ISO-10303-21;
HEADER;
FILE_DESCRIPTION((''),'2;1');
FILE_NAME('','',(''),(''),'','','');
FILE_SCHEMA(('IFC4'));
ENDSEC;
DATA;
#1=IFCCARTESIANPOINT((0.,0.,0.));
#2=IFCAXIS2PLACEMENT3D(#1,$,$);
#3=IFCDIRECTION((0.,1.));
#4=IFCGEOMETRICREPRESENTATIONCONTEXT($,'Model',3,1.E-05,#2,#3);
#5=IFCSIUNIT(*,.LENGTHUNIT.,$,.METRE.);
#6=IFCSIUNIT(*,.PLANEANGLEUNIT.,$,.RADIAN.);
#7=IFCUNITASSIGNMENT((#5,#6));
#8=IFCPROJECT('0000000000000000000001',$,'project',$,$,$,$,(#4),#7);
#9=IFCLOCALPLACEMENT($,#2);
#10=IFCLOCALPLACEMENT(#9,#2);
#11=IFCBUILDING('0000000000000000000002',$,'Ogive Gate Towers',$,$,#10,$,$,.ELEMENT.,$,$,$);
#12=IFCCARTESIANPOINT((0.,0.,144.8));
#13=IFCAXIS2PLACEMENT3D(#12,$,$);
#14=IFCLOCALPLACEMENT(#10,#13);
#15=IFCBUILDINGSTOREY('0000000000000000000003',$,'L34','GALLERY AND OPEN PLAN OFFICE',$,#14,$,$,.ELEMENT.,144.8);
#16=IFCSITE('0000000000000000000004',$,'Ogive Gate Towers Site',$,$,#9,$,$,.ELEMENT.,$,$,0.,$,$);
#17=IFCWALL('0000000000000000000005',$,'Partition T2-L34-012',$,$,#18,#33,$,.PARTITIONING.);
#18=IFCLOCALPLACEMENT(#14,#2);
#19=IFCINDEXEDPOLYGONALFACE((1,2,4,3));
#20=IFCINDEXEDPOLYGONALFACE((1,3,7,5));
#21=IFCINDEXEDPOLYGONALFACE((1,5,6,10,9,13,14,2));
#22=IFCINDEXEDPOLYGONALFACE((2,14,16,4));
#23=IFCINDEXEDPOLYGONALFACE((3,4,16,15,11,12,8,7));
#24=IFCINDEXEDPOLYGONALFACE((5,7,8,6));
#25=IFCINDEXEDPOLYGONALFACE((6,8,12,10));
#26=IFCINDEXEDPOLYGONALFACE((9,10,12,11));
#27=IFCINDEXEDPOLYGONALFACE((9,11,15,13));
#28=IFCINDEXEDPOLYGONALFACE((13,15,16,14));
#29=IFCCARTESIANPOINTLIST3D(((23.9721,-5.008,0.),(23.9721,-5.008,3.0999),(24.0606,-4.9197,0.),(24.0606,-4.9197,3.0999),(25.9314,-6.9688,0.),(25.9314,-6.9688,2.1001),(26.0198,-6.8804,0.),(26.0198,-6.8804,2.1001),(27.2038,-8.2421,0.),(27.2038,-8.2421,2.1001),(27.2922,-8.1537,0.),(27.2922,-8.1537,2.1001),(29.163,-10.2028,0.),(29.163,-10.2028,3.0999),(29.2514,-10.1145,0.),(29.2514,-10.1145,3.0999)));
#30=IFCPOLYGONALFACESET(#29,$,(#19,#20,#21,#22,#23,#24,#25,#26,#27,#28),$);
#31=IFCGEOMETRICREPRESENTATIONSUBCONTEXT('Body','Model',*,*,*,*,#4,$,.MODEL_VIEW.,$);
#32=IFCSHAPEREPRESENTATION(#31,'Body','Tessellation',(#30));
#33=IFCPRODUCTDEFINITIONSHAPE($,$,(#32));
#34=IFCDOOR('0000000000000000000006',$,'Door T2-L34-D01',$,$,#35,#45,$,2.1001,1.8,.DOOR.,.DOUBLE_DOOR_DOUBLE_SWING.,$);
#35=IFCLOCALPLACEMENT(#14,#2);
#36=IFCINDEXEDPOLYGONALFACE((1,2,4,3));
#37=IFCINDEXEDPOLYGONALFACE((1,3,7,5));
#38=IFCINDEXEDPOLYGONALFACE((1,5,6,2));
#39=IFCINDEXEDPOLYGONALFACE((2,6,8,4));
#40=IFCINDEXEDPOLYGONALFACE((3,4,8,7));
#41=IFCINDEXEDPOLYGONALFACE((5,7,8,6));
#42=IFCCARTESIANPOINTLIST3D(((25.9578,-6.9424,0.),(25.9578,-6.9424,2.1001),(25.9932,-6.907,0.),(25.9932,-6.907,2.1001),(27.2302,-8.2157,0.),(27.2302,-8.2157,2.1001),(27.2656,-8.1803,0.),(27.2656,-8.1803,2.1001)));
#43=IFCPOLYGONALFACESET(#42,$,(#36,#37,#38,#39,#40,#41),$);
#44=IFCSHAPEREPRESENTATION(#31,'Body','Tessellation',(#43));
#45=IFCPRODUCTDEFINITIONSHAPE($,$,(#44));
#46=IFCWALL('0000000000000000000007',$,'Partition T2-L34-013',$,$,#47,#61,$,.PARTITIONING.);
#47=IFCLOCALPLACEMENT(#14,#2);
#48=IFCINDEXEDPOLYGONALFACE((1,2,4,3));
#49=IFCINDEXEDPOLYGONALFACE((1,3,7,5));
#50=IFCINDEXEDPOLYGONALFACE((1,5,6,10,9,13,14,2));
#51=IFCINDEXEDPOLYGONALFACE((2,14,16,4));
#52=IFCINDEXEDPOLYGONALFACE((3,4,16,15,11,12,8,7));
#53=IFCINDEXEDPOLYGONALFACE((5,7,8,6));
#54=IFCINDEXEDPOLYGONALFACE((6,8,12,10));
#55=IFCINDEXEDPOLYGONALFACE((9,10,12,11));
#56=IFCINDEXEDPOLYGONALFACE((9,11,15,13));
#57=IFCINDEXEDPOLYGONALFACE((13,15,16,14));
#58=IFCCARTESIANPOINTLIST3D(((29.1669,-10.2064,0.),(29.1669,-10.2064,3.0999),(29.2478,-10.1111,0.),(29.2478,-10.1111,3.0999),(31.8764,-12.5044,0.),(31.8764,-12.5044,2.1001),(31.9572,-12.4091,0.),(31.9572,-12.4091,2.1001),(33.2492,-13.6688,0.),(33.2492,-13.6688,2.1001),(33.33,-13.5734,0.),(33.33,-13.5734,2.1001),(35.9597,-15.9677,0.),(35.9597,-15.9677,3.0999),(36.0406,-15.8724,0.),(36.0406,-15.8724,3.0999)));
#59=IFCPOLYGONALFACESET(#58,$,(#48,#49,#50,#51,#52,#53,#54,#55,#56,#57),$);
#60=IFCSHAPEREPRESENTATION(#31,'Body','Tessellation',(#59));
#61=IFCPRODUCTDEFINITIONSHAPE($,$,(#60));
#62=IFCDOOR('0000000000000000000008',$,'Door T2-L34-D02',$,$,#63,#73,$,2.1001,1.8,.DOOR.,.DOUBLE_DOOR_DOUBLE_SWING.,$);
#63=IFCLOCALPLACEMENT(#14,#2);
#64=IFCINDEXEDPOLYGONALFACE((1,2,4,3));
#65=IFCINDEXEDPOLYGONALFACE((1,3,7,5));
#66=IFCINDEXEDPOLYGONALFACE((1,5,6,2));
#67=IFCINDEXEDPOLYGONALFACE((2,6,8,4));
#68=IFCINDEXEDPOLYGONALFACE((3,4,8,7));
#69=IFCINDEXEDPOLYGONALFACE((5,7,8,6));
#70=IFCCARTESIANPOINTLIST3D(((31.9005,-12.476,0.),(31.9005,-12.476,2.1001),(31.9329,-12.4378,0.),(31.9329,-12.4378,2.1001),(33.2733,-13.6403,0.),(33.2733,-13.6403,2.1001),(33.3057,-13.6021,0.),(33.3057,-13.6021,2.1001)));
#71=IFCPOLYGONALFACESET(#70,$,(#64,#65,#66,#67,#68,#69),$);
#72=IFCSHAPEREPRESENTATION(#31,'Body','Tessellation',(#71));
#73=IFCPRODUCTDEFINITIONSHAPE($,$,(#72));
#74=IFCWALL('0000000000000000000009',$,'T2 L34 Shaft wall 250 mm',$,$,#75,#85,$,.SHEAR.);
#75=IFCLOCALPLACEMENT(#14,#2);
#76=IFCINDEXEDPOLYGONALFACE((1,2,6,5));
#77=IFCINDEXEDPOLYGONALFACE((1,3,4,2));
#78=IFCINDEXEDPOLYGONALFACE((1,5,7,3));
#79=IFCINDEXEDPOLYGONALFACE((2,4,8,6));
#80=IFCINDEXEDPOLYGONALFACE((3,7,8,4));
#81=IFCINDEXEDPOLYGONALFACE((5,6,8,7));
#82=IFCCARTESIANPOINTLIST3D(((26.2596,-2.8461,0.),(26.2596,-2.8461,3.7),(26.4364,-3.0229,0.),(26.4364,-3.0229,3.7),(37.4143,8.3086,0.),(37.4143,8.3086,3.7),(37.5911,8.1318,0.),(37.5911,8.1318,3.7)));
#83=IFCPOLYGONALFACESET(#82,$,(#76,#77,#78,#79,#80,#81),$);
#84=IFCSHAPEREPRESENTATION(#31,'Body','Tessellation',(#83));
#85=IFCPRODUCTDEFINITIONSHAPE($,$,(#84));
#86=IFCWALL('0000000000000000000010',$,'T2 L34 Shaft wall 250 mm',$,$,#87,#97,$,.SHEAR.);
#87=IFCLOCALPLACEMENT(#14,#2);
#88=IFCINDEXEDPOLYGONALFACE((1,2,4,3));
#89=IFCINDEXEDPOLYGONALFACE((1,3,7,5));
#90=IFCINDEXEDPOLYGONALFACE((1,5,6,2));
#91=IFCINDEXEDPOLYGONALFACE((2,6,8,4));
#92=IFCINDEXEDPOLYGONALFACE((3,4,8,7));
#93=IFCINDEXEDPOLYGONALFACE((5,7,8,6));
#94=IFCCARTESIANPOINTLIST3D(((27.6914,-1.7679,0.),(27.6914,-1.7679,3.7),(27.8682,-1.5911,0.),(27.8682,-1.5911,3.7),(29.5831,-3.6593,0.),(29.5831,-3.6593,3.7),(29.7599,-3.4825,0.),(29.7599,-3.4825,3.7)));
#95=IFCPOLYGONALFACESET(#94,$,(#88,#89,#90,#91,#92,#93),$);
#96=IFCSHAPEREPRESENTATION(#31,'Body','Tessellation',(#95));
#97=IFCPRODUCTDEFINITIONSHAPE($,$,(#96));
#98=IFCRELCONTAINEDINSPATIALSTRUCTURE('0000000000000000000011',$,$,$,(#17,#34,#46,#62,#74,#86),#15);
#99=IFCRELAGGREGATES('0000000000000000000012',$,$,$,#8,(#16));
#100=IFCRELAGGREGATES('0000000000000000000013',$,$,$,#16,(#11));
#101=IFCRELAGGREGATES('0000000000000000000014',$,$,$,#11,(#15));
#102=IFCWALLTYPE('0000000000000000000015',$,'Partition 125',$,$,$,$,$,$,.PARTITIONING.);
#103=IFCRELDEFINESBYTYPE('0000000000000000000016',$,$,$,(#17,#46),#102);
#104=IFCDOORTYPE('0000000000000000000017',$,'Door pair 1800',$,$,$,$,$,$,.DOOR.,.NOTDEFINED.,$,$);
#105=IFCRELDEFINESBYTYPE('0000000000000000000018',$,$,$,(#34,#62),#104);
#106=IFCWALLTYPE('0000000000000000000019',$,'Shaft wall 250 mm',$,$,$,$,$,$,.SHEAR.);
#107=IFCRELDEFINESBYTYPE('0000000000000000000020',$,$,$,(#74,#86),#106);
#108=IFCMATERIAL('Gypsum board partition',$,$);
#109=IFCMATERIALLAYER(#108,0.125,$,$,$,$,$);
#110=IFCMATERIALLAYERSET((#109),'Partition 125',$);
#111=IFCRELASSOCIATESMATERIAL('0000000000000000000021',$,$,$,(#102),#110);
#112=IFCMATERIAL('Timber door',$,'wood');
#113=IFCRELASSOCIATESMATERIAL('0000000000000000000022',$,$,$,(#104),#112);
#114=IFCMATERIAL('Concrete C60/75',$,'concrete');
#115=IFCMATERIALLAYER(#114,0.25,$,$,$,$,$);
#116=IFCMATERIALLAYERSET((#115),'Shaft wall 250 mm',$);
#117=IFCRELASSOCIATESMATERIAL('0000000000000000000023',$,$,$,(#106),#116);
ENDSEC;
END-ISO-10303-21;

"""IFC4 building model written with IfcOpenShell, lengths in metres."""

from ifc_helpers import new_model, si_unit, direction, frame, frame_2d, origin, place, context, subcontext, project, spatial, rectangle, extrude, material, layer, layer_set, type_object, element, fill, save


model = new_model("IFC4")

# Units and contexts
model_context = context("Model", 3, precision=1e-05, world=origin(), true_north=direction((0.0, 1.0)))
body_context = subcontext(model_context, "Body", "Model", "MODEL_VIEW")
ifc_project = project(units=[si_unit("LENGTHUNIT", "METRE"), si_unit("PLANEANGLEUNIT", "RADIAN")], contexts=[model_context])

# Site, building, storey
site_placement = place(None, origin())
site = spatial("IfcSite", under=ifc_project, at=site_placement, Name="Ogive Gate Towers Site", CompositionType="ELEMENT", RefElevation=0.0)
building_placement = place(site_placement, origin())
building = spatial("IfcBuilding", under=site, at=building_placement, Name="Ogive Gate Towers", CompositionType="ELEMENT")
storey_placement = place(building_placement, frame((0.0, 0.0, 144.8)))
storey = spatial("IfcBuildingStorey", under=building, at=storey_placement, Name="L34", Description="GALLERY AND OPEN PLAN OFFICE", CompositionType="ELEMENT", Elevation=144.8)

# Walls, openings, doors
ifc_material_1 = material(Name="Gypsum board partition")
ifc_layer_1 = layer(ifc_material_1, 0.125)
ifc_layer_set_1 = layer_set([ifc_layer_1], Name="Partition 125")
wall_type_1 = type_object("IfcWallType", Name="Partition 125", PredefinedType="PARTITIONING", material=ifc_layer_set_1)
wall_1_placement = place(storey_placement, frame((24.0164, -4.9639, 0.0), z_axis=(0.0, 0.0, 1.0), x_axis=(0.706841, -0.707373, 0.0)))
wall_1 = element("IfcWall", 1, at=wall_1_placement, inside=storey, type_object=wall_type_1, Name="Partition T2-L34-012", PredefinedType="PARTITIONING", context=body_context, shape_type="SweptSolid", body=[
    extrude(rectangle(XDim=7.3438, YDim=0.125, at=frame_2d((3.6719, 0.0))), origin(), (0.0, 0.0, 1.0), 3.0999),
])
opening_1_placement = place(wall_1_placement, frame((2.772, 0.0, 0.0)))
opening_1 = element("IfcOpeningElement", 2, at=opening_1_placement, cuts=wall_1, PredefinedType="OPENING", context=body_context, shape_type="SweptSolid", body=[
    extrude(rectangle(XDim=1.8, YDim=2.1001, at=frame_2d((0.8999, 1.05))), frame((0.0, 0.0725, 0.0), z_axis=(0.0, -1.0, 0.0), x_axis=(1.0, 0.0, 0.0)), (0.0, 0.0, 1.0), 0.145),
])
ifc_material_2 = material(Name="Timber door", Category="wood")
door_type_1 = type_object("IfcDoorType", Name="Door pair 1800", OperationType="NOTDEFINED", PredefinedType="DOOR", material=ifc_material_2)
door_1_placement = place(opening_1_placement, origin())
door_1 = element("IfcDoor", 3, at=door_1_placement, inside=storey, type_object=door_type_1, Name="Door T2-L34-D01", OperationType="DOUBLE_DOOR_DOUBLE_SWING", OverallHeight=2.1001, OverallWidth=1.8, PredefinedType="DOOR", context=body_context, shape_type="SweptSolid", body=[
    extrude(rectangle(XDim=1.8, YDim=2.1001, at=frame_2d((0.8999, 1.05))), frame((0.0, 0.0249, 0.0), z_axis=(0.0, -1.0, 0.0), x_axis=(1.0, 0.0, 0.0)), (0.0, 0.0, 1.0), 0.05),
])
fill(opening_1, door_1)
wall_2_placement = place(storey_placement, frame((29.2073, -10.1587, 0.0), z_axis=(0.0, 0.0, 1.0), x_axis=(0.762636, -0.646828, 0.0)))
wall_2 = element("IfcWall", 4, at=wall_2_placement, inside=storey, type_object=wall_type_1, Name="Partition T2-L34-013", PredefinedType="PARTITIONING", context=body_context, shape_type="SweptSolid", body=[
    extrude(rectangle(XDim=8.907, YDim=0.125, at=frame_2d((4.4536, 0.0))), origin(), (0.0, 0.0, 1.0), 3.0999),
])
opening_2_placement = place(wall_2_placement, frame((3.553, 0.0, 0.0)))
opening_2 = element("IfcOpeningElement", 5, at=opening_2_placement, cuts=wall_2, PredefinedType="OPENING", context=body_context, shape_type="SweptSolid", body=[
    extrude(rectangle(XDim=1.8, YDim=2.1001, at=frame_2d((0.8999, 1.05))), frame((0.0, 0.0725, 0.0), z_axis=(0.0, -1.0, 0.0), x_axis=(1.0, 0.0, 0.0)), (0.0, 0.0, 1.0), 0.145),
])
door_2_placement = place(opening_2_placement, origin())
door_2 = element("IfcDoor", 6, at=door_2_placement, inside=storey, type_object=door_type_1, Name="Door T2-L34-D02", OperationType="DOUBLE_DOOR_DOUBLE_SWING", OverallHeight=2.1001, OverallWidth=1.8, PredefinedType="DOOR", context=body_context, shape_type="SweptSolid", body=[
    extrude(rectangle(XDim=1.8, YDim=2.1001, at=frame_2d((0.8999, 1.05))), frame((0.0, 0.0249, 0.0), z_axis=(0.0, -1.0, 0.0), x_axis=(1.0, 0.0, 0.0)), (0.0, 0.0, 1.0), 0.05),
])
fill(opening_2, door_2)

# Walls
ifc_material_3 = material(Name="Concrete C60/75", Category="concrete")
ifc_layer_2 = layer(ifc_material_3, 0.25)
ifc_layer_set_2 = layer_set([ifc_layer_2], Name="Shaft wall 250 mm")
wall_type_2 = type_object("IfcWallType", Name="Shaft wall 250 mm", PredefinedType="SHEAR", material=ifc_layer_set_2)
wall_3_placement = place(storey_placement, frame((26.3479, -2.9346, 0.0), z_axis=(0.0, 0.0, 1.0), x_axis=(0.707107, 0.707107, 0.0)))
element("IfcWall", 7, at=wall_3_placement, inside=storey, type_object=wall_type_2, Name="T2 L34 Shaft wall 250 mm", PredefinedType="SHEAR", context=body_context, shape_type="SweptSolid", body=[
    extrude(rectangle(XDim=15.7751, YDim=0.25, at=frame_2d((7.8877, 0.0))), origin(), (0.0, 0.0, 1.0), 3.7),
])
wall_4_placement = place(storey_placement, frame((29.6714, -3.5708, 0.0), z_axis=(0.0, 0.0, 1.0), x_axis=(-0.707152, 0.707061, 0.0)))
element("IfcWall", 8, at=wall_4_placement, inside=storey, type_object=wall_type_2, Name="T2 L34 Shaft wall 250 mm", PredefinedType="SHEAR", context=body_context, shape_type="SweptSolid", body=[
    extrude(rectangle(XDim=2.675, YDim=0.25, at=frame_2d((1.3374, 0.0))), origin(), (0.0, 0.0, 1.0), 3.7),
])

save(model, "model.ifc")
